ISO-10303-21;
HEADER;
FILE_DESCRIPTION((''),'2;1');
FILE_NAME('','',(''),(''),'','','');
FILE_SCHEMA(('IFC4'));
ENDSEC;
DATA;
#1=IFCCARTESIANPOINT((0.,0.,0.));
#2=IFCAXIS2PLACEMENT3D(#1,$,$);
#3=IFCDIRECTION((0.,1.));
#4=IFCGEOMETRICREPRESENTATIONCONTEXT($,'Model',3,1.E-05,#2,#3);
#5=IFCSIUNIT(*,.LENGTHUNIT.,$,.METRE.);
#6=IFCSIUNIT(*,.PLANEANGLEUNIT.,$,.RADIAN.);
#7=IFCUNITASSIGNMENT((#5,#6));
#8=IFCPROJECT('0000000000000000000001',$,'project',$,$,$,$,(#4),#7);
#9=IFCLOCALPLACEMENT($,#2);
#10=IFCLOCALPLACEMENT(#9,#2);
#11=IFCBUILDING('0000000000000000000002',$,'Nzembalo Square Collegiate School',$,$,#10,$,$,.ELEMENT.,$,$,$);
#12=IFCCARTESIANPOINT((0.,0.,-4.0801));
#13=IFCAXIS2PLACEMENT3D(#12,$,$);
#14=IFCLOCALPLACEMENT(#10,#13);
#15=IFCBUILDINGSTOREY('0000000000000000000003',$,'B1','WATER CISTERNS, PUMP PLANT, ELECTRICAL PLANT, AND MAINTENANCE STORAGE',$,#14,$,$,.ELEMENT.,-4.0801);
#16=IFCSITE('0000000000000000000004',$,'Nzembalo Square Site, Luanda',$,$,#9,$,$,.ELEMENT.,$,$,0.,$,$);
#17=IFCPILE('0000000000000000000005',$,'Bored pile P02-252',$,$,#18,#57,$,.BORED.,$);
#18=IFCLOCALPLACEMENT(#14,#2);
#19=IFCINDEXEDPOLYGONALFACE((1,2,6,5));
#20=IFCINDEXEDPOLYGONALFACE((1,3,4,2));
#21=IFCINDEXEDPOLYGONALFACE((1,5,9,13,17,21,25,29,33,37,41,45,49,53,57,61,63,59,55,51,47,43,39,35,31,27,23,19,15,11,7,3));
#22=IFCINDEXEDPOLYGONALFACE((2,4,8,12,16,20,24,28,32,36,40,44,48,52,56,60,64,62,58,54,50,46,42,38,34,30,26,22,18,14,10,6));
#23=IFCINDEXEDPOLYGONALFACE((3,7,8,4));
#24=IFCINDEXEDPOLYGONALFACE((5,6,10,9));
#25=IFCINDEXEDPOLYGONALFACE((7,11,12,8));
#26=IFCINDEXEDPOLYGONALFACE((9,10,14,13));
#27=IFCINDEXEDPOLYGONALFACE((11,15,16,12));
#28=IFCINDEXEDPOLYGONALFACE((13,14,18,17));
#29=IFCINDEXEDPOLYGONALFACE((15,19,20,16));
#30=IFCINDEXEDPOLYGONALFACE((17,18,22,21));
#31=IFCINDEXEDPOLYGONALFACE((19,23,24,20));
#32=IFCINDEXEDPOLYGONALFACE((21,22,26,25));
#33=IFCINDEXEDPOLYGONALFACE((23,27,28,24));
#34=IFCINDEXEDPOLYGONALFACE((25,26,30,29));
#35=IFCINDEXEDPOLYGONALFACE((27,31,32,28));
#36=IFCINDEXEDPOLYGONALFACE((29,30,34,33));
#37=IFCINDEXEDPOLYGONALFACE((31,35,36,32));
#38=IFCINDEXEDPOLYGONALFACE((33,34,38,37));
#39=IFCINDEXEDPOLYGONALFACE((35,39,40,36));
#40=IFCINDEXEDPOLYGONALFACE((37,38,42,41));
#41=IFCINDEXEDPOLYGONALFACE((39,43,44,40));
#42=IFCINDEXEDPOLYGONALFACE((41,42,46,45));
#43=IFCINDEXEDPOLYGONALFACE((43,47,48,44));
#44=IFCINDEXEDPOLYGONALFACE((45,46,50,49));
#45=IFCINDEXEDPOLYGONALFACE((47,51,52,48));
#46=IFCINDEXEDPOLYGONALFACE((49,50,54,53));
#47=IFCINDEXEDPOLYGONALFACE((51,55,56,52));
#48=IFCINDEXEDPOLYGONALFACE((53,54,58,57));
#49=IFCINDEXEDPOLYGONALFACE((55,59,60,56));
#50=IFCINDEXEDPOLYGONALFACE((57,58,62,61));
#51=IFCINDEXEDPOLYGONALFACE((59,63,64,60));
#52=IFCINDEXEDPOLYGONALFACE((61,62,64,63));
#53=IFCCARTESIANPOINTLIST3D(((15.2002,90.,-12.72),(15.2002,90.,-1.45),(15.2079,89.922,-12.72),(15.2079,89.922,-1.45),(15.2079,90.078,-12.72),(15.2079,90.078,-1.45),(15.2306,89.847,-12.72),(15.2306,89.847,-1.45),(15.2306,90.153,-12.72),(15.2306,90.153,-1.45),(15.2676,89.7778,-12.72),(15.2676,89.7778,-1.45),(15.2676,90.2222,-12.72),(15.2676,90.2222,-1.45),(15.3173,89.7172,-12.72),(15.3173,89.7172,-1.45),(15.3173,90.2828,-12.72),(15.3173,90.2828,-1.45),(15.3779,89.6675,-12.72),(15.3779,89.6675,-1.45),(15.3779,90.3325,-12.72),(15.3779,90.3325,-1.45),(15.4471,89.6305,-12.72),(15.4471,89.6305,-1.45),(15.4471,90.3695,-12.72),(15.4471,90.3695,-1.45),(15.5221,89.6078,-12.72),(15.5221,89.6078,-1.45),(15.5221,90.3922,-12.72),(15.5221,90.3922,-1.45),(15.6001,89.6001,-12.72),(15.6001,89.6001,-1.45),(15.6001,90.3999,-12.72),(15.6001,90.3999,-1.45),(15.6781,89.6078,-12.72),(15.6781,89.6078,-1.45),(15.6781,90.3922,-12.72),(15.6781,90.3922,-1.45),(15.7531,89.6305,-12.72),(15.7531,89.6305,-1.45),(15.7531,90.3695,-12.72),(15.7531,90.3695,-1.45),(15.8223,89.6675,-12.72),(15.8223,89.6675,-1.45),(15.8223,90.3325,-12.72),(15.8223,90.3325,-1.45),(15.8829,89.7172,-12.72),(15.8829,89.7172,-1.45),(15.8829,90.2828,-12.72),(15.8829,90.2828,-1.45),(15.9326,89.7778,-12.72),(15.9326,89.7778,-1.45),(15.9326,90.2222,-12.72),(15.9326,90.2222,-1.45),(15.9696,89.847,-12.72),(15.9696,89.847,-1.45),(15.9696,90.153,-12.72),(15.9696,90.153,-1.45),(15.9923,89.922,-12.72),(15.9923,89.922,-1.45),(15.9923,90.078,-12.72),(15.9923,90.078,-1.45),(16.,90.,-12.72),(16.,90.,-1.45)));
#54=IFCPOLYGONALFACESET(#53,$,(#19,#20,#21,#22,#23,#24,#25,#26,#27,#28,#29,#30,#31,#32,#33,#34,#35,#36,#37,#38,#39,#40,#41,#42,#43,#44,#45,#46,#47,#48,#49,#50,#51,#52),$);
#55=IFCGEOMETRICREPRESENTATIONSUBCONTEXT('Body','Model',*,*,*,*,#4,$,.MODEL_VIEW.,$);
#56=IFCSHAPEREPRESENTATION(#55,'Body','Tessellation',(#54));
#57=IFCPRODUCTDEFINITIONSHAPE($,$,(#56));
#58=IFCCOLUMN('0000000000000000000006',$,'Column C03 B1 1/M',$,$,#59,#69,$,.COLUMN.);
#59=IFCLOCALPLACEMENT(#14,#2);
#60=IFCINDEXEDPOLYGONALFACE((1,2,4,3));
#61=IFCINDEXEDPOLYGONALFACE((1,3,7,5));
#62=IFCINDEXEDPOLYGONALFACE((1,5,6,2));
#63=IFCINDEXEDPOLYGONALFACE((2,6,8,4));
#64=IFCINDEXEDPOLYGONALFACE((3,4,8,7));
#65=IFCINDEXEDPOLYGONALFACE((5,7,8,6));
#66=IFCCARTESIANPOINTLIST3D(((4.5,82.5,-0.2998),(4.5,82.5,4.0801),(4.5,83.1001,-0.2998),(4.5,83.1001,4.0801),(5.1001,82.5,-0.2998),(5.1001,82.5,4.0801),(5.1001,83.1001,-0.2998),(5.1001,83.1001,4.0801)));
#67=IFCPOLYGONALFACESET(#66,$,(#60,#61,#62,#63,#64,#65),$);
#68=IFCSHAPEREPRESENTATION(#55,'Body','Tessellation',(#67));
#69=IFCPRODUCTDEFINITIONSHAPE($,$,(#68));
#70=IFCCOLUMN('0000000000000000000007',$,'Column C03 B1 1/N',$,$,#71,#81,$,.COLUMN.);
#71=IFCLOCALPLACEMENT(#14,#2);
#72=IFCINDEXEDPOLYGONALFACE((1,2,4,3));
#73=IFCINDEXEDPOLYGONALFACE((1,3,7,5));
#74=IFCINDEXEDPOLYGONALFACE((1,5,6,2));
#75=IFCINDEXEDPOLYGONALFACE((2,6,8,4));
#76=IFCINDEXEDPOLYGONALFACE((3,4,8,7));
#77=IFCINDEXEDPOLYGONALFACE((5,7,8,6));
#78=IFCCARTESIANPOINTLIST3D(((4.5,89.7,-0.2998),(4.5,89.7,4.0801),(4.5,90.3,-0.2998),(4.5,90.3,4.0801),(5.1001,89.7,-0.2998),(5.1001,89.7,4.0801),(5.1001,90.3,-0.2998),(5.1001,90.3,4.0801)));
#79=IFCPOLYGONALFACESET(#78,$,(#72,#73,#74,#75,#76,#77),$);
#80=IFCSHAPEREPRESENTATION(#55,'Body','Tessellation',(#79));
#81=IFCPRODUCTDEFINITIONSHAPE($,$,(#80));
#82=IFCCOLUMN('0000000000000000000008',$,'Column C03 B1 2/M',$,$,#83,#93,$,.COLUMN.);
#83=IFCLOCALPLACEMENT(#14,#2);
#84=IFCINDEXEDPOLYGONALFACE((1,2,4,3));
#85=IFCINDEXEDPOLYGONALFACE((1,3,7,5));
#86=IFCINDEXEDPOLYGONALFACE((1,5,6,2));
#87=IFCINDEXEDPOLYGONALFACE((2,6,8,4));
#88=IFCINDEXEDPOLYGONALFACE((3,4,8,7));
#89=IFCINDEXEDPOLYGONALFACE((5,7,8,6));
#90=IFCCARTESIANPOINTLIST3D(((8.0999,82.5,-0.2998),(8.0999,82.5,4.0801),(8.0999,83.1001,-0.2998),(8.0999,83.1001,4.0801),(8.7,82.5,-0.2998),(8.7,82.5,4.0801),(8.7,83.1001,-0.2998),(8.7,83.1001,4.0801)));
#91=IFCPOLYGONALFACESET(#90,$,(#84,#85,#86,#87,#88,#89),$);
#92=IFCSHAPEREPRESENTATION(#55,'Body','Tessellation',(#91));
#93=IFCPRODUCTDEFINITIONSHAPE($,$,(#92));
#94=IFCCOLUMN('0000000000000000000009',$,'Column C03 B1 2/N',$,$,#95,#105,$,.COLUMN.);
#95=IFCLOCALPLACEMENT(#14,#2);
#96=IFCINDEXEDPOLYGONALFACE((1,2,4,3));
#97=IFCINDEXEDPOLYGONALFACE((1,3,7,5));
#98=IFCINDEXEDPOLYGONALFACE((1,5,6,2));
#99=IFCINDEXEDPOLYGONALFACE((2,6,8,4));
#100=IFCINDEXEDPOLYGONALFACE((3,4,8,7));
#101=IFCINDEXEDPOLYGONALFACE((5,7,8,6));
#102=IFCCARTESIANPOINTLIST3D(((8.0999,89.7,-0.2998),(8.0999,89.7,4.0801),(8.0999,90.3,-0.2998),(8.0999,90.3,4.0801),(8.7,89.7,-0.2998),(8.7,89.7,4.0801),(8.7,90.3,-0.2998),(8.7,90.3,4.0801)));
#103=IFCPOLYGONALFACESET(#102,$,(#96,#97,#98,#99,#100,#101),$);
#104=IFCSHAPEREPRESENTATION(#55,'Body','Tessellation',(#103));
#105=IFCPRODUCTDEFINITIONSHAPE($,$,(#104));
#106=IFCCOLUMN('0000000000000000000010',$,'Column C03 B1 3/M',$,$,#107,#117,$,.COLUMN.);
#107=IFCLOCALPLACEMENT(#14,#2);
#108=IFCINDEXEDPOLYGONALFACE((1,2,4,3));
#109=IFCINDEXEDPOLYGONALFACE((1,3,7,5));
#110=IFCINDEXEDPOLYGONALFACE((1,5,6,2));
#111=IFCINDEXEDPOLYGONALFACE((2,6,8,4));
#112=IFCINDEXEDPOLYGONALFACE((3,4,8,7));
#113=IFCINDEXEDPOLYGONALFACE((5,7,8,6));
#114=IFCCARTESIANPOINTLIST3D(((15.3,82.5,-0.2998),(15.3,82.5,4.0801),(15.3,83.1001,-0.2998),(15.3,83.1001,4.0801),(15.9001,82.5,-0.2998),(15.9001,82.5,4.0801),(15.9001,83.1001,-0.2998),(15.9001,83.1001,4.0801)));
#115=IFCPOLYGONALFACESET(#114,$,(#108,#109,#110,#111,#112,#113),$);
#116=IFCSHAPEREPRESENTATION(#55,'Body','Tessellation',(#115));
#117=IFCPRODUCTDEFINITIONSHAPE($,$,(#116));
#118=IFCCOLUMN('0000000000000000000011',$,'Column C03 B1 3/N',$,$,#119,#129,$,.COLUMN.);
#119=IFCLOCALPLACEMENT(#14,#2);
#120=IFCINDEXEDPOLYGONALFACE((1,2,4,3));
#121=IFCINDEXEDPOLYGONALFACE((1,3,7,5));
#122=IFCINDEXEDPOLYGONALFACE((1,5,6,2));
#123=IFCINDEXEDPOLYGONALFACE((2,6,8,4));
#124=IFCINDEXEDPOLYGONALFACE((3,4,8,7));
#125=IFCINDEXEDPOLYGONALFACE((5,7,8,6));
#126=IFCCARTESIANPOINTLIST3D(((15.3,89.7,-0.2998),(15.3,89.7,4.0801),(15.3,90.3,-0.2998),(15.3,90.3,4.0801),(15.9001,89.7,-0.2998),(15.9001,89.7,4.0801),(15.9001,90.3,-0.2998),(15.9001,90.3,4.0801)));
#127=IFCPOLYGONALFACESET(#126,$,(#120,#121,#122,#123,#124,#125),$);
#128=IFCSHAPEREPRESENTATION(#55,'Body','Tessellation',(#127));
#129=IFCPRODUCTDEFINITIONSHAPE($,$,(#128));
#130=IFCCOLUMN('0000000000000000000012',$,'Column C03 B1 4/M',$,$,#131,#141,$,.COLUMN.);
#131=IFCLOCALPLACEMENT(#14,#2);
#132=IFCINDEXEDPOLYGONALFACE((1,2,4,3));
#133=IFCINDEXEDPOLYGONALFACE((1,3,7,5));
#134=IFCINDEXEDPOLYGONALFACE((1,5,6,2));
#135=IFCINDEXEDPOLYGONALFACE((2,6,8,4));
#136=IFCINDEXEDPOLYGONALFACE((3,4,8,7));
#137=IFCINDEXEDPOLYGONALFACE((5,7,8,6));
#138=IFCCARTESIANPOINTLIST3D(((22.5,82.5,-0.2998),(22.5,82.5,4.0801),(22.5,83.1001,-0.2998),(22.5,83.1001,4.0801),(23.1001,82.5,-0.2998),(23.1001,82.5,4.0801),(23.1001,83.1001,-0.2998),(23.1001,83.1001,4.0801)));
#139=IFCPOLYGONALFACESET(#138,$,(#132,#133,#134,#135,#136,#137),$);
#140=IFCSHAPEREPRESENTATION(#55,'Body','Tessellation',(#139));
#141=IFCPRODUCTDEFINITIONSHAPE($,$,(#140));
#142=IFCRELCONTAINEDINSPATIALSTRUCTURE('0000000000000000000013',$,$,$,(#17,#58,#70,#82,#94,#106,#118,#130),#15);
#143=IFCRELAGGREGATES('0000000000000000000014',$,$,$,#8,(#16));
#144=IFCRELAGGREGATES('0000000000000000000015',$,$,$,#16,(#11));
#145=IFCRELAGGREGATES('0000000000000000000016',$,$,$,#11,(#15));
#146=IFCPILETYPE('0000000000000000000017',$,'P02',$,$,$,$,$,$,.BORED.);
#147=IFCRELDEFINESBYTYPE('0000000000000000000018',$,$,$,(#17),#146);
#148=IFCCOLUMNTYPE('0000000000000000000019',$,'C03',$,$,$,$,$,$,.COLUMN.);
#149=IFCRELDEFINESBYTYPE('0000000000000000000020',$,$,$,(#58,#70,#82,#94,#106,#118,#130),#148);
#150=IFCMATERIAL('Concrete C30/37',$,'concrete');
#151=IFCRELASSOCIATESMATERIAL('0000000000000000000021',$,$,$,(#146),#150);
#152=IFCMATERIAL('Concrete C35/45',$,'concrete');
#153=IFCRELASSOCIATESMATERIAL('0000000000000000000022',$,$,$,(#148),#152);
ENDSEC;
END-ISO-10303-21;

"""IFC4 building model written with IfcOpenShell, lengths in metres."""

from ifc_helpers import new_model, si_unit, direction, frame, origin, origin_2d, place, context, subcontext, project, spatial, rectangle, circle, extrude, material, material_profile, profile_set, type_object, element, save


model = new_model("IFC4")

# Units and contexts
model_context = context("Model", 3, precision=1e-05, world=origin(), true_north=direction((0.0, 1.0)))
body_context = subcontext(model_context, "Body", "Model", "MODEL_VIEW")
ifc_project = project(units=[si_unit("LENGTHUNIT", "METRE"), si_unit("PLANEANGLEUNIT", "RADIAN")], contexts=[model_context])

# Site, building, storey
site_placement = place(None, origin())
site = spatial("IfcSite", under=ifc_project, at=site_placement, Name="Nzembalo Square Site, Luanda", CompositionType="ELEMENT", RefElevation=0.0)
building_placement = place(site_placement, origin())
building = spatial("IfcBuilding", under=site, at=building_placement, Name="Nzembalo Square Collegiate School", CompositionType="ELEMENT")
storey_placement = place(building_placement, frame((0.0, 0.0, -4.0801)))
storey = spatial("IfcBuildingStorey", under=building, at=storey_placement, Name="B1", Description="WATER CISTERNS, PUMP PLANT, ELECTRICAL PLANT, AND MAINTENANCE STORAGE", CompositionType="ELEMENT", Elevation=-4.0801)

# Pile
ifc_material_1 = material(Name="Concrete C30/37", Category="concrete")
ifc_material_profile_1 = material_profile(ifc_material_1, circle(Radius=0.3999, at=origin_2d()), Name="PILE D800")
ifc_profile_set_1 = profile_set([ifc_material_profile_1], Name="Concrete C30/37")
pile_type_1 = type_object("IfcPileType", Name="P02", PredefinedType="BORED", material=ifc_profile_set_1)
for number, where, z_axis, x_axis, name in (
    (1, (15.6001, 90.0, -1.45), (0.0, 0.0, -1.0), (1.0, 0.0, 0.0), "Bored pile P02-252"),
):
    element("IfcPile", number, at=place(storey_placement, frame(where, z_axis=z_axis, x_axis=x_axis)), inside=storey, type_object=pile_type_1, Name=name, PredefinedType="BORED", context=body_context, shape_type="SweptSolid", body=[
        extrude(circle(Radius=0.3999, at=origin_2d()), origin(), (0.0, 0.0, 1.0), 11.27),
    ])

# Columns
ifc_material_2 = material(Name="Concrete C35/45", Category="concrete")
ifc_material_profile_2 = material_profile(ifc_material_2, rectangle(XDim=0.6001, YDim=0.6001, at=origin_2d()), Name="RC 600x600")
ifc_profile_set_2 = profile_set([ifc_material_profile_2], Name="Concrete C35/45")
column_type = type_object("IfcColumnType", Name="C03", PredefinedType="COLUMN", material=ifc_profile_set_2)
for number, where, z_axis, x_axis, name in (
    (2, (4.8, 82.8, -0.2998), (0.0, 0.0, 1.0), (1.0, 0.0, 0.0), "Column C03 B1 1/M"),
    (3, (4.8, 90.0, -0.2998), (0.0, 0.0, 1.0), (1.0, 0.0, 0.0), "Column C03 B1 1/N"),
    (4, (8.3999, 82.8, -0.2998), (0.0, 0.0, 1.0), (1.0, 0.0, 0.0), "Column C03 B1 2/M"),
    (5, (8.3999, 90.0, -0.2998), (0.0, 0.0, 1.0), (1.0, 0.0, 0.0), "Column C03 B1 2/N"),
    (6, (15.6001, 82.8, -0.2998), (0.0, 0.0, 1.0), (1.0, 0.0, 0.0), "Column C03 B1 3/M"),
    (7, (15.6001, 90.0, -0.2998), (0.0, 0.0, 1.0), (1.0, 0.0, 0.0), "Column C03 B1 3/N"),
    (8, (22.8, 82.8, -0.2998), (0.0, 0.0, 1.0), (1.0, 0.0, 0.0), "Column C03 B1 4/M"),
):
    element("IfcColumn", number, at=place(storey_placement, frame(where, z_axis=z_axis, x_axis=x_axis)), inside=storey, type_object=column_type, Name=name, PredefinedType="COLUMN", context=body_context, shape_type="SweptSolid", body=[
        extrude(rectangle(XDim=0.6001, YDim=0.6001, at=origin_2d()), origin(), (0.0, 0.0, 1.0), 4.3799),
    ])

save(model, "model.ifc")
